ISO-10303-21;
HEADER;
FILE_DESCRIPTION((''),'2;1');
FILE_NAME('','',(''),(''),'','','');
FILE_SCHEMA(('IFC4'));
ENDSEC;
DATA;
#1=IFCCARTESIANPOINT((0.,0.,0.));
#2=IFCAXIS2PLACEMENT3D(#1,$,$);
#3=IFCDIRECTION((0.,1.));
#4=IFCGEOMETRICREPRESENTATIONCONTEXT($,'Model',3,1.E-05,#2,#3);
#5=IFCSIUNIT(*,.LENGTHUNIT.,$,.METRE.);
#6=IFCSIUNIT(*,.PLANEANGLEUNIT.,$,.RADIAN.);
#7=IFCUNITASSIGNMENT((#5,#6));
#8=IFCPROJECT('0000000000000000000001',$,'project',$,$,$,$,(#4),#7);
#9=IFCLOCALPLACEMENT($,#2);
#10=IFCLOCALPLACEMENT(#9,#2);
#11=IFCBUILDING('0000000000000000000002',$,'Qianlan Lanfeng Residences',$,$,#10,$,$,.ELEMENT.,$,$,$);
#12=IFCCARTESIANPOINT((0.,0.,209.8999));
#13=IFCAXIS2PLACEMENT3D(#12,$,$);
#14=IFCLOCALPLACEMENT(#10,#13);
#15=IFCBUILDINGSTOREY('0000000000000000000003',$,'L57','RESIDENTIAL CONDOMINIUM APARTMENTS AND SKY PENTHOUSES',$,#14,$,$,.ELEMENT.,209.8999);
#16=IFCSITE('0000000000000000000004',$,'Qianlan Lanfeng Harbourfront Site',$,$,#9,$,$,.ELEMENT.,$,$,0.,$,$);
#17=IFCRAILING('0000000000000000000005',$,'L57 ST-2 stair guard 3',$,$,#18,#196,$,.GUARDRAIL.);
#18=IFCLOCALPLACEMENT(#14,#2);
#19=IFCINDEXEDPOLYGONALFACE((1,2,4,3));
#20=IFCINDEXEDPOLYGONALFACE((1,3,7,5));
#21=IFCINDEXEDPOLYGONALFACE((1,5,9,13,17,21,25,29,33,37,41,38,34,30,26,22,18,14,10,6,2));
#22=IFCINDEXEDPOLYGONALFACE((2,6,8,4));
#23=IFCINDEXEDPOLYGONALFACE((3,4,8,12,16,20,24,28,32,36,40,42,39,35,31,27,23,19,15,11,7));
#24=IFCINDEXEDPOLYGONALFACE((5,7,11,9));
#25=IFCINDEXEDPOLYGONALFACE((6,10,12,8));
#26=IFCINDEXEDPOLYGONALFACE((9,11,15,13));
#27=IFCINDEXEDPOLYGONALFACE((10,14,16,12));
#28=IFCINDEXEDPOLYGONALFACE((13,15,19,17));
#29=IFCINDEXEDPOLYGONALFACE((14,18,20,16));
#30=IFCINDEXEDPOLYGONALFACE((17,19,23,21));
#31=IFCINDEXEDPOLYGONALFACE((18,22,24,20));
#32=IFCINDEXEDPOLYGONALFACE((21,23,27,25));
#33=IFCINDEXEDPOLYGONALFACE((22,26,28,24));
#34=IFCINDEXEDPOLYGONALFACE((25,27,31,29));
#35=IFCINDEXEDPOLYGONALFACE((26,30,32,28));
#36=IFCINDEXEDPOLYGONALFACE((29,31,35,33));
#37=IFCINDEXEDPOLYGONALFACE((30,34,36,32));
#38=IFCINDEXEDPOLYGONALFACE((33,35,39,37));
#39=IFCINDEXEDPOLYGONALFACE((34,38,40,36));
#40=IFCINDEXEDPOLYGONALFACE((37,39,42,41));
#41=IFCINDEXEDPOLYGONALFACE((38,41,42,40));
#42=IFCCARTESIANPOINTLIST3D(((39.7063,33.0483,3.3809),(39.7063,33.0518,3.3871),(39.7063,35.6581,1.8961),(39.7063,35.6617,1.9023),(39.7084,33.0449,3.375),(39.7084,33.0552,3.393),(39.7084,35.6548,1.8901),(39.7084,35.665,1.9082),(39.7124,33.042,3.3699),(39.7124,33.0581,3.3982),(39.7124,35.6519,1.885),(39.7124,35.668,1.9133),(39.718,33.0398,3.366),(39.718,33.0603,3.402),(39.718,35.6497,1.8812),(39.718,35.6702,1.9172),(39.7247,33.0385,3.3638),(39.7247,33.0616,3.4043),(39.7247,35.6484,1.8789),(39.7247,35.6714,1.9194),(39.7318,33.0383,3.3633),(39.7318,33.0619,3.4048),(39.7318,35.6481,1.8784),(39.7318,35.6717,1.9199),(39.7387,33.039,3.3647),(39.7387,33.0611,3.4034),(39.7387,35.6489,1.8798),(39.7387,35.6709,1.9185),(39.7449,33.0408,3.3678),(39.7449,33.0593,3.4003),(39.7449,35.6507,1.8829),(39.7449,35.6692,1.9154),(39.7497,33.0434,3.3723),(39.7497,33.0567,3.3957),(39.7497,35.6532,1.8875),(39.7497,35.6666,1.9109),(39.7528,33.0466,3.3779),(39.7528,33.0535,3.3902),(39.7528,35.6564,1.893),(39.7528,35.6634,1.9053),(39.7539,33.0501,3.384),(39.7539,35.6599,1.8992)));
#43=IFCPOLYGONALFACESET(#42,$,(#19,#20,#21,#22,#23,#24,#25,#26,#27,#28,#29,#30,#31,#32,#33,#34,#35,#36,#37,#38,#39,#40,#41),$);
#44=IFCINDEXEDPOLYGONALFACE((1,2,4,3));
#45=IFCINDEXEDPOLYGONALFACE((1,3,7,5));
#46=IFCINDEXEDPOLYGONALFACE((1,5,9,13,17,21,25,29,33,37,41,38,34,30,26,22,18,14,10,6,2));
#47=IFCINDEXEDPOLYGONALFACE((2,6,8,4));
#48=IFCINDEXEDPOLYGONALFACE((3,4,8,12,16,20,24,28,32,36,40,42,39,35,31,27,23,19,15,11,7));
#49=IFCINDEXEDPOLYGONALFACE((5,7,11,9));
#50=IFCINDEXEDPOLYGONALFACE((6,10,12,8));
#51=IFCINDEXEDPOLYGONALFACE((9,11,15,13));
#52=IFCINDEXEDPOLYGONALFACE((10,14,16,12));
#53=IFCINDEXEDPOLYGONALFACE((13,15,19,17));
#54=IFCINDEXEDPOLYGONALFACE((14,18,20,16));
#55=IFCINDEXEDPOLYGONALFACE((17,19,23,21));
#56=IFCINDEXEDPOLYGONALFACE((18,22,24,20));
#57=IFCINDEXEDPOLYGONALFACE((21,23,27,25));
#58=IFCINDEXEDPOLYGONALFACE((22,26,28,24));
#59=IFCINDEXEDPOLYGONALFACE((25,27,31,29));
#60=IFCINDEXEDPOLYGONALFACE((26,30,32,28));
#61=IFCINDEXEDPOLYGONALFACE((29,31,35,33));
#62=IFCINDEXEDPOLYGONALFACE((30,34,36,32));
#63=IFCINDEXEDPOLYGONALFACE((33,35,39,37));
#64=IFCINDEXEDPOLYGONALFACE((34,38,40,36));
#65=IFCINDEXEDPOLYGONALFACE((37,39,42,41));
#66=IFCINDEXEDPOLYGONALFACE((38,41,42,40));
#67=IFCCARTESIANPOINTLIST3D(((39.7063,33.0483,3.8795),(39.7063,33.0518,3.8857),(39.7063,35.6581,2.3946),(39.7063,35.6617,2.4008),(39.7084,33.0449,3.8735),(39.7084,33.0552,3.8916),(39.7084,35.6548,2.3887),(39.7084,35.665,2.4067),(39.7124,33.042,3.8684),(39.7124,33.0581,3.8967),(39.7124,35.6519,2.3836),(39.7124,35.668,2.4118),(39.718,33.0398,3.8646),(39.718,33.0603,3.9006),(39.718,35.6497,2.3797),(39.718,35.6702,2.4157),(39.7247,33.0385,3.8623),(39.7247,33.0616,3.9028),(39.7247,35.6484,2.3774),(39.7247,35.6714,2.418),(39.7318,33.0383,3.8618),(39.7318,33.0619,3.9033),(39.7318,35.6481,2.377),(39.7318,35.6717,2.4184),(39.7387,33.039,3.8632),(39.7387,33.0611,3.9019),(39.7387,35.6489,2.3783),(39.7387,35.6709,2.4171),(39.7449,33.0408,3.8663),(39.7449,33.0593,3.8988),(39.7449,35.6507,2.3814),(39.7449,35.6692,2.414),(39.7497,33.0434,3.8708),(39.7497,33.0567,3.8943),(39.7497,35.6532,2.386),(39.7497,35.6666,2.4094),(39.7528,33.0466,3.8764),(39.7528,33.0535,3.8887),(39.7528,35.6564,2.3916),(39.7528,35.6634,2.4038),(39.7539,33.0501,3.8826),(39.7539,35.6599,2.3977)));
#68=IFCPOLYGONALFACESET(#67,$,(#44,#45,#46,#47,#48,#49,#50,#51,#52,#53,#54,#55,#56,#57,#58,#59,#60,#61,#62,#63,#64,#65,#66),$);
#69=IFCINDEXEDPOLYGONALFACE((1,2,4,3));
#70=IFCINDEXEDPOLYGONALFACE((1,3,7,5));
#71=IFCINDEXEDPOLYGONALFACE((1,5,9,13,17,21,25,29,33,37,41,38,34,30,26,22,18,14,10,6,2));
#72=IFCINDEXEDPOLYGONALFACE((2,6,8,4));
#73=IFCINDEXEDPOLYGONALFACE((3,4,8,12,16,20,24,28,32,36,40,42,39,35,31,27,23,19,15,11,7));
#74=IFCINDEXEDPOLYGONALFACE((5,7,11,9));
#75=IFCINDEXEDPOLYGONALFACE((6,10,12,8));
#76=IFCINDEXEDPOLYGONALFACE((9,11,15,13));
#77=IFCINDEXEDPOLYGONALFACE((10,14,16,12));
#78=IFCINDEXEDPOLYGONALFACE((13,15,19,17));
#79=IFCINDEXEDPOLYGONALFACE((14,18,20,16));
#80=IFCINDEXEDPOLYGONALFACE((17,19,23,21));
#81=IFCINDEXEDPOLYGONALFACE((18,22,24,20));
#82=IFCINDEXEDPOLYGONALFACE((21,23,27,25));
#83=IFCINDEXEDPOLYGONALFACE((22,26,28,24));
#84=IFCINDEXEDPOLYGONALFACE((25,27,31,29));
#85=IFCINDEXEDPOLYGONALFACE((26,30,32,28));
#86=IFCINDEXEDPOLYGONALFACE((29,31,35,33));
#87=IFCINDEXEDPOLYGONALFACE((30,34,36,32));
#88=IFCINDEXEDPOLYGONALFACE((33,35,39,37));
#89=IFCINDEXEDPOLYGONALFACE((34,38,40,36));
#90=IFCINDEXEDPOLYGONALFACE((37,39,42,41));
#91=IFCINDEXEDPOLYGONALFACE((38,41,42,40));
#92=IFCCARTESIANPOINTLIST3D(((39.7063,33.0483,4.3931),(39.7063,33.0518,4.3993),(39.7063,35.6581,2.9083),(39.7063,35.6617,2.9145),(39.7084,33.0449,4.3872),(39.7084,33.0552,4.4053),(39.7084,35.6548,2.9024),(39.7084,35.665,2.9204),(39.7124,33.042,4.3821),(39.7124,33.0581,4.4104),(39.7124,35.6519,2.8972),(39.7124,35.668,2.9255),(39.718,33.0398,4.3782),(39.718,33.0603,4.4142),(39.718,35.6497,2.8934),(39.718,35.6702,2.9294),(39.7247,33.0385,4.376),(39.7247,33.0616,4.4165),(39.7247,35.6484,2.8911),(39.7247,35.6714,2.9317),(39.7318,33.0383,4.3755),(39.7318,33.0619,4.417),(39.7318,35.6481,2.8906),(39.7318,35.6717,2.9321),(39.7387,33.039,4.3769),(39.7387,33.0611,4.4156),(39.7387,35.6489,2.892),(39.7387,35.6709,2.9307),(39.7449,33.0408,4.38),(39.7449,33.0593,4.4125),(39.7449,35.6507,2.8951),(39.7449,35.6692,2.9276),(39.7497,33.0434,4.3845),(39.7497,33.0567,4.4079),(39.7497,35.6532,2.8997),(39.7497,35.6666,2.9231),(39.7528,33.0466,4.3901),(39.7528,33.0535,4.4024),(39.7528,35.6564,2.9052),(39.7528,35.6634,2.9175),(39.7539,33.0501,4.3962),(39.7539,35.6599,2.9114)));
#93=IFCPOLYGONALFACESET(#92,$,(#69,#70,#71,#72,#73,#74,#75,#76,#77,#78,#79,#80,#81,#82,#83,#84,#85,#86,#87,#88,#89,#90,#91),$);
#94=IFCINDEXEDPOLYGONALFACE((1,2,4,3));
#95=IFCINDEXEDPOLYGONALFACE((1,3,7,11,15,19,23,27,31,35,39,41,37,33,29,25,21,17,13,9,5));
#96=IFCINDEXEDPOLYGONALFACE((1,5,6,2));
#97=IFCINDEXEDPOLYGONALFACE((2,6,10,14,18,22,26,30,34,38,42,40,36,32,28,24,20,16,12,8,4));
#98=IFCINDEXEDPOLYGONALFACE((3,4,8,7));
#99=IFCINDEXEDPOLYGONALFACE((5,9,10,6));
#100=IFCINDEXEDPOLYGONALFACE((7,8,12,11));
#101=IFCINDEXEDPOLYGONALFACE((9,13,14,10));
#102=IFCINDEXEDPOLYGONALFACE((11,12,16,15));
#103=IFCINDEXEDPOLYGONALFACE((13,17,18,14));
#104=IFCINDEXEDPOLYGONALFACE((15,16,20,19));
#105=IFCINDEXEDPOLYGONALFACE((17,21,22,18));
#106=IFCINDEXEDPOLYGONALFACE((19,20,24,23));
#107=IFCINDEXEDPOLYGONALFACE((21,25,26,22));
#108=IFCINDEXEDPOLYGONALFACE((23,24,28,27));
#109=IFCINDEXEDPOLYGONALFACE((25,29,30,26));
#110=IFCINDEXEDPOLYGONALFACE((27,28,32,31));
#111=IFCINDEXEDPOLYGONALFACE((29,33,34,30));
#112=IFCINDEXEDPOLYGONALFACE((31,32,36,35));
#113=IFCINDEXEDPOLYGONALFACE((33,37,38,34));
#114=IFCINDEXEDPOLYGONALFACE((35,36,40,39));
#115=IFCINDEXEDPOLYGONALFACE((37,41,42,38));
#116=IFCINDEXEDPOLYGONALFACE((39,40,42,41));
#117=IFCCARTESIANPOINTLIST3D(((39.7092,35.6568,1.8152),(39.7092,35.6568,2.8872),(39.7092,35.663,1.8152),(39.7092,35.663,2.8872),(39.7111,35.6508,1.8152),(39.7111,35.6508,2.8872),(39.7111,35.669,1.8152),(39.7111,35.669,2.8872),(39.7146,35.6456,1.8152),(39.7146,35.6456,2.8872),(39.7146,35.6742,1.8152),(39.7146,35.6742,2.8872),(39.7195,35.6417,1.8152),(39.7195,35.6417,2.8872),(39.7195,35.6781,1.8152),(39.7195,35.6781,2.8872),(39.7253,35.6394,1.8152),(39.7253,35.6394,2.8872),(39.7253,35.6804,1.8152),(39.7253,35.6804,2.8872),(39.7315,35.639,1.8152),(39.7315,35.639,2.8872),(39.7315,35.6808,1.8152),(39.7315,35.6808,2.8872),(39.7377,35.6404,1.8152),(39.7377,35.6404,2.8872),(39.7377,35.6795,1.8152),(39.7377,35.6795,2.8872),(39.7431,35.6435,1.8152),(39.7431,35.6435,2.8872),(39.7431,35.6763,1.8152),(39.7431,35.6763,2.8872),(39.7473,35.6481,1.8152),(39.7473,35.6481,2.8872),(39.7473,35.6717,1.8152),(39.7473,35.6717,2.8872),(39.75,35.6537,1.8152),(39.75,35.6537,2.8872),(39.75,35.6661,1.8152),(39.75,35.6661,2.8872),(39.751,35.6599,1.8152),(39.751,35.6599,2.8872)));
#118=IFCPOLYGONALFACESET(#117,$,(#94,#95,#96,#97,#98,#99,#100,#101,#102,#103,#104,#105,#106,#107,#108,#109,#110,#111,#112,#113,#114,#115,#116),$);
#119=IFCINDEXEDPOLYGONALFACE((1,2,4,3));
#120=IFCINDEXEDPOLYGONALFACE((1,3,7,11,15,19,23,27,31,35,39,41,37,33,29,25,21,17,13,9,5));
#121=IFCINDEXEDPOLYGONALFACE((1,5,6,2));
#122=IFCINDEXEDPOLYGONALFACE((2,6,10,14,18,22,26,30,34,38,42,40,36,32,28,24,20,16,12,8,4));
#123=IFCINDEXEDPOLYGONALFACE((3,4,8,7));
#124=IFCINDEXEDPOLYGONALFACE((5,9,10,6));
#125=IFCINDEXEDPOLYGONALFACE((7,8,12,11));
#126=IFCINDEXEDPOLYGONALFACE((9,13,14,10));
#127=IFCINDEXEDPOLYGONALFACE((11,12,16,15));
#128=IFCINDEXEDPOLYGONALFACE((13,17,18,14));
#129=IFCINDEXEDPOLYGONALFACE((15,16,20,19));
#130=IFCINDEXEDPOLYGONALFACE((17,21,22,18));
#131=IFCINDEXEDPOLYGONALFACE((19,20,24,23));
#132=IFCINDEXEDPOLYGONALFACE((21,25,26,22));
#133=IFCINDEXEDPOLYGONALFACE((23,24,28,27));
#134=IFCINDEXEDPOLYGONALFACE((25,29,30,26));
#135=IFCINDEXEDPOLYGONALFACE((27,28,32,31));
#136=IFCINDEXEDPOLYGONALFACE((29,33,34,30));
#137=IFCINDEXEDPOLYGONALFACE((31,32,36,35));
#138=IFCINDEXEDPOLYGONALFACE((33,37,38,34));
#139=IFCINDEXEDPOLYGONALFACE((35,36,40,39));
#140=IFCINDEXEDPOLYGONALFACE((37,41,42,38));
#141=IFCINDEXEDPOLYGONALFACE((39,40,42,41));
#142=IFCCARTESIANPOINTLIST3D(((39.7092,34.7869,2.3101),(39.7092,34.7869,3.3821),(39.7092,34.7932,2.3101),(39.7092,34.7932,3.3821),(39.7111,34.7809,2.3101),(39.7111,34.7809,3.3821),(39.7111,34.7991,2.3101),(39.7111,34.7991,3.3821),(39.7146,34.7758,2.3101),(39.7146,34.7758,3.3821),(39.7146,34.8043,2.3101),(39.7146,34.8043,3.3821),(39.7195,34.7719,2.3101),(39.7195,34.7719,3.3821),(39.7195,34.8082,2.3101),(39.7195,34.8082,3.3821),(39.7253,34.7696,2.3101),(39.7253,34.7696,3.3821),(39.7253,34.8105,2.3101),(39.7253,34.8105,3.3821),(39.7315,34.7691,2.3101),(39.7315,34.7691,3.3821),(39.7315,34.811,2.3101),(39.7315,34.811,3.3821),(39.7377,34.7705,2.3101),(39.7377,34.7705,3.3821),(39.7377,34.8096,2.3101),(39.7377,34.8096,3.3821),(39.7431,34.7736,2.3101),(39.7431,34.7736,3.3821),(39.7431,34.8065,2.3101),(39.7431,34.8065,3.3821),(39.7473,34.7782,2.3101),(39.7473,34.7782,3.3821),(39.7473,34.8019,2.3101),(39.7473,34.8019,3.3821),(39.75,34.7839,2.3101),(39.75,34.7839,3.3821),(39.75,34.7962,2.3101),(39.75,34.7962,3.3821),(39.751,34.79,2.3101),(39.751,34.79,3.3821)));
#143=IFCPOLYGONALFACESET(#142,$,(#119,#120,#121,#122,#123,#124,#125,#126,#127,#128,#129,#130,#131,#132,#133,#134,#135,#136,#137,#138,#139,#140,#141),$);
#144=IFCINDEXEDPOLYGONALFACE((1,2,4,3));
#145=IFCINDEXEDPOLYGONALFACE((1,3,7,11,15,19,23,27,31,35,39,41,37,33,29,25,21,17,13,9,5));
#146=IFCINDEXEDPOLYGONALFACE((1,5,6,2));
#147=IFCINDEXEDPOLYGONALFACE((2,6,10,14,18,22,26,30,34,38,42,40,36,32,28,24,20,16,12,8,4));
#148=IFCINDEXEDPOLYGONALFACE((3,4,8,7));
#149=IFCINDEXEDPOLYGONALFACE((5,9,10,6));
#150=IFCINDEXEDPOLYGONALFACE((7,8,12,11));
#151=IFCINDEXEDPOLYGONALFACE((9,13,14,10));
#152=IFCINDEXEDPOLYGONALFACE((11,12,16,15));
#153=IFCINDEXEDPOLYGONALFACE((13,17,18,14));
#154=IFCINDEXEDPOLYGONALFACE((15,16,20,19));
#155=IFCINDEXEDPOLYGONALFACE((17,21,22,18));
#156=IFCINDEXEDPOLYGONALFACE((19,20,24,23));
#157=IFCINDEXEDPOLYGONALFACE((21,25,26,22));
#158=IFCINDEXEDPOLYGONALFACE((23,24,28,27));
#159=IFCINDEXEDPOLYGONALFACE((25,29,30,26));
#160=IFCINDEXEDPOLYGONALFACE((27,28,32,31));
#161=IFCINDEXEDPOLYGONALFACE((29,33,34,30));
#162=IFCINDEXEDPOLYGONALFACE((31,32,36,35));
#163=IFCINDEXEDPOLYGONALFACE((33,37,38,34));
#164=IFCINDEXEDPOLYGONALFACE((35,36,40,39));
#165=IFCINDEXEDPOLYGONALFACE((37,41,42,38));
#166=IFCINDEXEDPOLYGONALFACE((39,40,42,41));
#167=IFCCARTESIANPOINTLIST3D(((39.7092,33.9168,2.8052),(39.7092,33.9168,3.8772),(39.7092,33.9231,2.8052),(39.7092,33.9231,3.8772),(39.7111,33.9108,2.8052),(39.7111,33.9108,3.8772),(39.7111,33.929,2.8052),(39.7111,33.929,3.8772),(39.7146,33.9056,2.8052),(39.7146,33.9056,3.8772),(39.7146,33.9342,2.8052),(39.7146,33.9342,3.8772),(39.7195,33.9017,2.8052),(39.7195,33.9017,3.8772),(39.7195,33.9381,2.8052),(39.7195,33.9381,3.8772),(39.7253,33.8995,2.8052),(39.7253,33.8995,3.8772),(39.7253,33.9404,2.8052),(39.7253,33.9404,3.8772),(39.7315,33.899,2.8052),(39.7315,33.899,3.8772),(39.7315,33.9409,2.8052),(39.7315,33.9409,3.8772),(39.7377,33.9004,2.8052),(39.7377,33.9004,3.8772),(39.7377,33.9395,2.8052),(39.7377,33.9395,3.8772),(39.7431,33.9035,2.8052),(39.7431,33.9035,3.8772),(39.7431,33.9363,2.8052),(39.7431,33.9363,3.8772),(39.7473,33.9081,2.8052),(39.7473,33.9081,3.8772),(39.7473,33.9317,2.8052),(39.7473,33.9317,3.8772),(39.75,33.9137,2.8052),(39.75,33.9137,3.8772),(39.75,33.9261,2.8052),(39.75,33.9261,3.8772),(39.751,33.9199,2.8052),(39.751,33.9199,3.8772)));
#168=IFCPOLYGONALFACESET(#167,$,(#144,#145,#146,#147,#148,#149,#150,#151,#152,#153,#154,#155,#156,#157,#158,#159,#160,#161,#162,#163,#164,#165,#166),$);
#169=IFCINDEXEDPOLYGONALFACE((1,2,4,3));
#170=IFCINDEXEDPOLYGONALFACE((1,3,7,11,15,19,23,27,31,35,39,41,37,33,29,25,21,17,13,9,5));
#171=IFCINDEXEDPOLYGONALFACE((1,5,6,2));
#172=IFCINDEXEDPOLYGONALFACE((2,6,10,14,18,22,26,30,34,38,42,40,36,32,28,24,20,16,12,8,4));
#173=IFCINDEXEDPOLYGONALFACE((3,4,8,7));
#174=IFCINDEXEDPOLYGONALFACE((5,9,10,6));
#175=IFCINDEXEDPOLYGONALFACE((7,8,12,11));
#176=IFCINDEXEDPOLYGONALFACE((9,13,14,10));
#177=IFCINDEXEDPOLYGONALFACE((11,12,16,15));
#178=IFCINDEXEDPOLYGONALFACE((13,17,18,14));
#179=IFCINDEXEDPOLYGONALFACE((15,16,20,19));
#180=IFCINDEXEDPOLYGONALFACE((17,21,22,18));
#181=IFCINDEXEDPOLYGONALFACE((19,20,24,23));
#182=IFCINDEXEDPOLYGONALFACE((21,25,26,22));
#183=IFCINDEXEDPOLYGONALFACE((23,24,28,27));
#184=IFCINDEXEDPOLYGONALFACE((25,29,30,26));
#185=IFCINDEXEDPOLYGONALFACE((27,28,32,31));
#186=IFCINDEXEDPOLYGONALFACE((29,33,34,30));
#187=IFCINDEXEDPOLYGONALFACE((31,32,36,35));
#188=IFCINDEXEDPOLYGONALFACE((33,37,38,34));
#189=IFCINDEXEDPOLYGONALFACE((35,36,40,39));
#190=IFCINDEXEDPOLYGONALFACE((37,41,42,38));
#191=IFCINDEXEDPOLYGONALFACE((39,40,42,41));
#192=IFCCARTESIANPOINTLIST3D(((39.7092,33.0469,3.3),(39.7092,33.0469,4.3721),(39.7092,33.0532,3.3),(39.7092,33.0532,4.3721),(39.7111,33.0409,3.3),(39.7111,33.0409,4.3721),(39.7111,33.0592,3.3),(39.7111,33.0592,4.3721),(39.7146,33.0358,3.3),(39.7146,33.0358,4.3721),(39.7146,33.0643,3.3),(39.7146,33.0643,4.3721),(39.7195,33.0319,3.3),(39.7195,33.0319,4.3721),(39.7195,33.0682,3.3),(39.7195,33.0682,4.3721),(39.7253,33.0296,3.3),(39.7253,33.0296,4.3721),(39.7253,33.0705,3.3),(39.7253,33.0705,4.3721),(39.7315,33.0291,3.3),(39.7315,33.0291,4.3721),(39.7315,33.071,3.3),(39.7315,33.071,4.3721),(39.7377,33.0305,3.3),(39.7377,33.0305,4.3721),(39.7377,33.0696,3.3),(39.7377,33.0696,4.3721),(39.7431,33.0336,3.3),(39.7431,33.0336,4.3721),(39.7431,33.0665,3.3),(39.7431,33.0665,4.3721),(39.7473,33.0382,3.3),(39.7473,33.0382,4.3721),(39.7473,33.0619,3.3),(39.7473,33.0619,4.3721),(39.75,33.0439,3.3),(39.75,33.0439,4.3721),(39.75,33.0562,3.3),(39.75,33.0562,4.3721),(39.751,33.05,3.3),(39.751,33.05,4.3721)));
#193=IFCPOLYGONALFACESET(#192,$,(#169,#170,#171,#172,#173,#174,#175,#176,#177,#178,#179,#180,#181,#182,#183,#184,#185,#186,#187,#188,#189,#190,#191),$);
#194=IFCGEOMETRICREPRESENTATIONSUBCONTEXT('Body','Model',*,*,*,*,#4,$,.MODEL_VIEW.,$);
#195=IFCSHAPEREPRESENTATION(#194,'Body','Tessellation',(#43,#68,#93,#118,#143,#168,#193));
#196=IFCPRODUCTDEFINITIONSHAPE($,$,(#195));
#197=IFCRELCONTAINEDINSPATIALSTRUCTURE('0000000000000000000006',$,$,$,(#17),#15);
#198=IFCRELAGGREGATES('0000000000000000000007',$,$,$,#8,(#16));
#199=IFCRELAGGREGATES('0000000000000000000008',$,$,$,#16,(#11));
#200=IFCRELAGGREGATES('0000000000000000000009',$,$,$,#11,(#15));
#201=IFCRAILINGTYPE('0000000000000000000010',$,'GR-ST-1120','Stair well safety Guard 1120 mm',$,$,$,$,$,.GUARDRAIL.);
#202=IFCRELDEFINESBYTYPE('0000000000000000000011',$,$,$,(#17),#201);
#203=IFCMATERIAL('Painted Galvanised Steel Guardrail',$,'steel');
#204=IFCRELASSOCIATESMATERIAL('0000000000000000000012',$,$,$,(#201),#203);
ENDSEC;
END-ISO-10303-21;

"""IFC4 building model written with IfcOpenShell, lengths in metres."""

from ifc_helpers import new_model, si_unit, direction, frame, origin, origin_2d, place, context, subcontext, project, spatial, circle, extrude, material, type_object, element, save


model = new_model("IFC4")

# Units and contexts
model_context = context("Model", 3, precision=1e-05, world=origin(), true_north=direction((0.0, 1.0)))
body_context = subcontext(model_context, "Body", "Model", "MODEL_VIEW")
ifc_project = project(units=[si_unit("LENGTHUNIT", "METRE"), si_unit("PLANEANGLEUNIT", "RADIAN")], contexts=[model_context])

# Site, building, storey
site_placement = place(None, origin())
site = spatial("IfcSite", under=ifc_project, at=site_placement, Name="Qianlan Lanfeng Harbourfront Site", CompositionType="ELEMENT", RefElevation=0.0)
building_placement = place(site_placement, origin())
building = spatial("IfcBuilding", under=site, at=building_placement, Name="Qianlan Lanfeng Residences", CompositionType="ELEMENT")
storey_placement = place(building_placement, frame((0.0, 0.0, 209.8999)))
storey = spatial("IfcBuildingStorey", under=building, at=storey_placement, Name="L57", Description="RESIDENTIAL CONDOMINIUM APARTMENTS AND SKY PENTHOUSES", CompositionType="ELEMENT", Elevation=209.8999)

# Railing
ifc_material_1 = material(Name="Painted Galvanised Steel Guardrail", Category="steel")
railing_type_1 = type_object("IfcRailingType", Name="GR-ST-1120", Description="Stair well safety Guard 1120 mm", PredefinedType="GUARDRAIL", material=ifc_material_1)
railing_1_placement = place(storey_placement, frame((39.73, 35.6599, 1.8152)))
element("IfcRailing", 1, at=railing_1_placement, inside=storey, type_object=railing_type_1, Name="L57 ST-2 stair guard 3", PredefinedType="GUARDRAIL", context=body_context, shape_type="SweptSolid", body=[
    extrude(circle(Radius=0.0239, at=origin_2d()), frame((0.0, 0.0, 0.084), z_axis=(0.0, -0.869172, 0.494509), x_axis=(1.0, 0.0, 0.0)), (0.0, 0.0, 1.0), 3.0027),
    extrude(circle(Radius=0.0239, at=origin_2d()), frame((0.0, 0.0, 0.5825), z_axis=(0.0, -0.869172, 0.494509), x_axis=(1.0, 0.0, 0.0)), (0.0, 0.0, 1.0), 3.0027),
    extrude(circle(Radius=0.0239, at=origin_2d()), frame((0.0, 0.0, 1.0962), z_axis=(0.0, -0.869172, 0.494509), x_axis=(1.0, 0.0, 0.0)), (0.0, 0.0, 1.0), 3.0027),
    extrude(circle(Radius=0.021, at=origin_2d()), origin(), (0.0, 0.0, 1.0), 1.072),
    extrude(circle(Radius=0.021, at=origin_2d()), frame((0.0, -0.8699, 0.4949)), (0.0, 0.0, 1.0), 1.072),
    extrude(circle(Radius=0.021, at=origin_2d()), frame((0.0, -1.74, 0.99)), (0.0, 0.0, 1.0), 1.072),
    extrude(circle(Radius=0.021, at=origin_2d()), frame((0.0, -2.6099, 1.4849)), (0.0, 0.0, 1.0), 1.072),
])

save(model, "model.ifc")
